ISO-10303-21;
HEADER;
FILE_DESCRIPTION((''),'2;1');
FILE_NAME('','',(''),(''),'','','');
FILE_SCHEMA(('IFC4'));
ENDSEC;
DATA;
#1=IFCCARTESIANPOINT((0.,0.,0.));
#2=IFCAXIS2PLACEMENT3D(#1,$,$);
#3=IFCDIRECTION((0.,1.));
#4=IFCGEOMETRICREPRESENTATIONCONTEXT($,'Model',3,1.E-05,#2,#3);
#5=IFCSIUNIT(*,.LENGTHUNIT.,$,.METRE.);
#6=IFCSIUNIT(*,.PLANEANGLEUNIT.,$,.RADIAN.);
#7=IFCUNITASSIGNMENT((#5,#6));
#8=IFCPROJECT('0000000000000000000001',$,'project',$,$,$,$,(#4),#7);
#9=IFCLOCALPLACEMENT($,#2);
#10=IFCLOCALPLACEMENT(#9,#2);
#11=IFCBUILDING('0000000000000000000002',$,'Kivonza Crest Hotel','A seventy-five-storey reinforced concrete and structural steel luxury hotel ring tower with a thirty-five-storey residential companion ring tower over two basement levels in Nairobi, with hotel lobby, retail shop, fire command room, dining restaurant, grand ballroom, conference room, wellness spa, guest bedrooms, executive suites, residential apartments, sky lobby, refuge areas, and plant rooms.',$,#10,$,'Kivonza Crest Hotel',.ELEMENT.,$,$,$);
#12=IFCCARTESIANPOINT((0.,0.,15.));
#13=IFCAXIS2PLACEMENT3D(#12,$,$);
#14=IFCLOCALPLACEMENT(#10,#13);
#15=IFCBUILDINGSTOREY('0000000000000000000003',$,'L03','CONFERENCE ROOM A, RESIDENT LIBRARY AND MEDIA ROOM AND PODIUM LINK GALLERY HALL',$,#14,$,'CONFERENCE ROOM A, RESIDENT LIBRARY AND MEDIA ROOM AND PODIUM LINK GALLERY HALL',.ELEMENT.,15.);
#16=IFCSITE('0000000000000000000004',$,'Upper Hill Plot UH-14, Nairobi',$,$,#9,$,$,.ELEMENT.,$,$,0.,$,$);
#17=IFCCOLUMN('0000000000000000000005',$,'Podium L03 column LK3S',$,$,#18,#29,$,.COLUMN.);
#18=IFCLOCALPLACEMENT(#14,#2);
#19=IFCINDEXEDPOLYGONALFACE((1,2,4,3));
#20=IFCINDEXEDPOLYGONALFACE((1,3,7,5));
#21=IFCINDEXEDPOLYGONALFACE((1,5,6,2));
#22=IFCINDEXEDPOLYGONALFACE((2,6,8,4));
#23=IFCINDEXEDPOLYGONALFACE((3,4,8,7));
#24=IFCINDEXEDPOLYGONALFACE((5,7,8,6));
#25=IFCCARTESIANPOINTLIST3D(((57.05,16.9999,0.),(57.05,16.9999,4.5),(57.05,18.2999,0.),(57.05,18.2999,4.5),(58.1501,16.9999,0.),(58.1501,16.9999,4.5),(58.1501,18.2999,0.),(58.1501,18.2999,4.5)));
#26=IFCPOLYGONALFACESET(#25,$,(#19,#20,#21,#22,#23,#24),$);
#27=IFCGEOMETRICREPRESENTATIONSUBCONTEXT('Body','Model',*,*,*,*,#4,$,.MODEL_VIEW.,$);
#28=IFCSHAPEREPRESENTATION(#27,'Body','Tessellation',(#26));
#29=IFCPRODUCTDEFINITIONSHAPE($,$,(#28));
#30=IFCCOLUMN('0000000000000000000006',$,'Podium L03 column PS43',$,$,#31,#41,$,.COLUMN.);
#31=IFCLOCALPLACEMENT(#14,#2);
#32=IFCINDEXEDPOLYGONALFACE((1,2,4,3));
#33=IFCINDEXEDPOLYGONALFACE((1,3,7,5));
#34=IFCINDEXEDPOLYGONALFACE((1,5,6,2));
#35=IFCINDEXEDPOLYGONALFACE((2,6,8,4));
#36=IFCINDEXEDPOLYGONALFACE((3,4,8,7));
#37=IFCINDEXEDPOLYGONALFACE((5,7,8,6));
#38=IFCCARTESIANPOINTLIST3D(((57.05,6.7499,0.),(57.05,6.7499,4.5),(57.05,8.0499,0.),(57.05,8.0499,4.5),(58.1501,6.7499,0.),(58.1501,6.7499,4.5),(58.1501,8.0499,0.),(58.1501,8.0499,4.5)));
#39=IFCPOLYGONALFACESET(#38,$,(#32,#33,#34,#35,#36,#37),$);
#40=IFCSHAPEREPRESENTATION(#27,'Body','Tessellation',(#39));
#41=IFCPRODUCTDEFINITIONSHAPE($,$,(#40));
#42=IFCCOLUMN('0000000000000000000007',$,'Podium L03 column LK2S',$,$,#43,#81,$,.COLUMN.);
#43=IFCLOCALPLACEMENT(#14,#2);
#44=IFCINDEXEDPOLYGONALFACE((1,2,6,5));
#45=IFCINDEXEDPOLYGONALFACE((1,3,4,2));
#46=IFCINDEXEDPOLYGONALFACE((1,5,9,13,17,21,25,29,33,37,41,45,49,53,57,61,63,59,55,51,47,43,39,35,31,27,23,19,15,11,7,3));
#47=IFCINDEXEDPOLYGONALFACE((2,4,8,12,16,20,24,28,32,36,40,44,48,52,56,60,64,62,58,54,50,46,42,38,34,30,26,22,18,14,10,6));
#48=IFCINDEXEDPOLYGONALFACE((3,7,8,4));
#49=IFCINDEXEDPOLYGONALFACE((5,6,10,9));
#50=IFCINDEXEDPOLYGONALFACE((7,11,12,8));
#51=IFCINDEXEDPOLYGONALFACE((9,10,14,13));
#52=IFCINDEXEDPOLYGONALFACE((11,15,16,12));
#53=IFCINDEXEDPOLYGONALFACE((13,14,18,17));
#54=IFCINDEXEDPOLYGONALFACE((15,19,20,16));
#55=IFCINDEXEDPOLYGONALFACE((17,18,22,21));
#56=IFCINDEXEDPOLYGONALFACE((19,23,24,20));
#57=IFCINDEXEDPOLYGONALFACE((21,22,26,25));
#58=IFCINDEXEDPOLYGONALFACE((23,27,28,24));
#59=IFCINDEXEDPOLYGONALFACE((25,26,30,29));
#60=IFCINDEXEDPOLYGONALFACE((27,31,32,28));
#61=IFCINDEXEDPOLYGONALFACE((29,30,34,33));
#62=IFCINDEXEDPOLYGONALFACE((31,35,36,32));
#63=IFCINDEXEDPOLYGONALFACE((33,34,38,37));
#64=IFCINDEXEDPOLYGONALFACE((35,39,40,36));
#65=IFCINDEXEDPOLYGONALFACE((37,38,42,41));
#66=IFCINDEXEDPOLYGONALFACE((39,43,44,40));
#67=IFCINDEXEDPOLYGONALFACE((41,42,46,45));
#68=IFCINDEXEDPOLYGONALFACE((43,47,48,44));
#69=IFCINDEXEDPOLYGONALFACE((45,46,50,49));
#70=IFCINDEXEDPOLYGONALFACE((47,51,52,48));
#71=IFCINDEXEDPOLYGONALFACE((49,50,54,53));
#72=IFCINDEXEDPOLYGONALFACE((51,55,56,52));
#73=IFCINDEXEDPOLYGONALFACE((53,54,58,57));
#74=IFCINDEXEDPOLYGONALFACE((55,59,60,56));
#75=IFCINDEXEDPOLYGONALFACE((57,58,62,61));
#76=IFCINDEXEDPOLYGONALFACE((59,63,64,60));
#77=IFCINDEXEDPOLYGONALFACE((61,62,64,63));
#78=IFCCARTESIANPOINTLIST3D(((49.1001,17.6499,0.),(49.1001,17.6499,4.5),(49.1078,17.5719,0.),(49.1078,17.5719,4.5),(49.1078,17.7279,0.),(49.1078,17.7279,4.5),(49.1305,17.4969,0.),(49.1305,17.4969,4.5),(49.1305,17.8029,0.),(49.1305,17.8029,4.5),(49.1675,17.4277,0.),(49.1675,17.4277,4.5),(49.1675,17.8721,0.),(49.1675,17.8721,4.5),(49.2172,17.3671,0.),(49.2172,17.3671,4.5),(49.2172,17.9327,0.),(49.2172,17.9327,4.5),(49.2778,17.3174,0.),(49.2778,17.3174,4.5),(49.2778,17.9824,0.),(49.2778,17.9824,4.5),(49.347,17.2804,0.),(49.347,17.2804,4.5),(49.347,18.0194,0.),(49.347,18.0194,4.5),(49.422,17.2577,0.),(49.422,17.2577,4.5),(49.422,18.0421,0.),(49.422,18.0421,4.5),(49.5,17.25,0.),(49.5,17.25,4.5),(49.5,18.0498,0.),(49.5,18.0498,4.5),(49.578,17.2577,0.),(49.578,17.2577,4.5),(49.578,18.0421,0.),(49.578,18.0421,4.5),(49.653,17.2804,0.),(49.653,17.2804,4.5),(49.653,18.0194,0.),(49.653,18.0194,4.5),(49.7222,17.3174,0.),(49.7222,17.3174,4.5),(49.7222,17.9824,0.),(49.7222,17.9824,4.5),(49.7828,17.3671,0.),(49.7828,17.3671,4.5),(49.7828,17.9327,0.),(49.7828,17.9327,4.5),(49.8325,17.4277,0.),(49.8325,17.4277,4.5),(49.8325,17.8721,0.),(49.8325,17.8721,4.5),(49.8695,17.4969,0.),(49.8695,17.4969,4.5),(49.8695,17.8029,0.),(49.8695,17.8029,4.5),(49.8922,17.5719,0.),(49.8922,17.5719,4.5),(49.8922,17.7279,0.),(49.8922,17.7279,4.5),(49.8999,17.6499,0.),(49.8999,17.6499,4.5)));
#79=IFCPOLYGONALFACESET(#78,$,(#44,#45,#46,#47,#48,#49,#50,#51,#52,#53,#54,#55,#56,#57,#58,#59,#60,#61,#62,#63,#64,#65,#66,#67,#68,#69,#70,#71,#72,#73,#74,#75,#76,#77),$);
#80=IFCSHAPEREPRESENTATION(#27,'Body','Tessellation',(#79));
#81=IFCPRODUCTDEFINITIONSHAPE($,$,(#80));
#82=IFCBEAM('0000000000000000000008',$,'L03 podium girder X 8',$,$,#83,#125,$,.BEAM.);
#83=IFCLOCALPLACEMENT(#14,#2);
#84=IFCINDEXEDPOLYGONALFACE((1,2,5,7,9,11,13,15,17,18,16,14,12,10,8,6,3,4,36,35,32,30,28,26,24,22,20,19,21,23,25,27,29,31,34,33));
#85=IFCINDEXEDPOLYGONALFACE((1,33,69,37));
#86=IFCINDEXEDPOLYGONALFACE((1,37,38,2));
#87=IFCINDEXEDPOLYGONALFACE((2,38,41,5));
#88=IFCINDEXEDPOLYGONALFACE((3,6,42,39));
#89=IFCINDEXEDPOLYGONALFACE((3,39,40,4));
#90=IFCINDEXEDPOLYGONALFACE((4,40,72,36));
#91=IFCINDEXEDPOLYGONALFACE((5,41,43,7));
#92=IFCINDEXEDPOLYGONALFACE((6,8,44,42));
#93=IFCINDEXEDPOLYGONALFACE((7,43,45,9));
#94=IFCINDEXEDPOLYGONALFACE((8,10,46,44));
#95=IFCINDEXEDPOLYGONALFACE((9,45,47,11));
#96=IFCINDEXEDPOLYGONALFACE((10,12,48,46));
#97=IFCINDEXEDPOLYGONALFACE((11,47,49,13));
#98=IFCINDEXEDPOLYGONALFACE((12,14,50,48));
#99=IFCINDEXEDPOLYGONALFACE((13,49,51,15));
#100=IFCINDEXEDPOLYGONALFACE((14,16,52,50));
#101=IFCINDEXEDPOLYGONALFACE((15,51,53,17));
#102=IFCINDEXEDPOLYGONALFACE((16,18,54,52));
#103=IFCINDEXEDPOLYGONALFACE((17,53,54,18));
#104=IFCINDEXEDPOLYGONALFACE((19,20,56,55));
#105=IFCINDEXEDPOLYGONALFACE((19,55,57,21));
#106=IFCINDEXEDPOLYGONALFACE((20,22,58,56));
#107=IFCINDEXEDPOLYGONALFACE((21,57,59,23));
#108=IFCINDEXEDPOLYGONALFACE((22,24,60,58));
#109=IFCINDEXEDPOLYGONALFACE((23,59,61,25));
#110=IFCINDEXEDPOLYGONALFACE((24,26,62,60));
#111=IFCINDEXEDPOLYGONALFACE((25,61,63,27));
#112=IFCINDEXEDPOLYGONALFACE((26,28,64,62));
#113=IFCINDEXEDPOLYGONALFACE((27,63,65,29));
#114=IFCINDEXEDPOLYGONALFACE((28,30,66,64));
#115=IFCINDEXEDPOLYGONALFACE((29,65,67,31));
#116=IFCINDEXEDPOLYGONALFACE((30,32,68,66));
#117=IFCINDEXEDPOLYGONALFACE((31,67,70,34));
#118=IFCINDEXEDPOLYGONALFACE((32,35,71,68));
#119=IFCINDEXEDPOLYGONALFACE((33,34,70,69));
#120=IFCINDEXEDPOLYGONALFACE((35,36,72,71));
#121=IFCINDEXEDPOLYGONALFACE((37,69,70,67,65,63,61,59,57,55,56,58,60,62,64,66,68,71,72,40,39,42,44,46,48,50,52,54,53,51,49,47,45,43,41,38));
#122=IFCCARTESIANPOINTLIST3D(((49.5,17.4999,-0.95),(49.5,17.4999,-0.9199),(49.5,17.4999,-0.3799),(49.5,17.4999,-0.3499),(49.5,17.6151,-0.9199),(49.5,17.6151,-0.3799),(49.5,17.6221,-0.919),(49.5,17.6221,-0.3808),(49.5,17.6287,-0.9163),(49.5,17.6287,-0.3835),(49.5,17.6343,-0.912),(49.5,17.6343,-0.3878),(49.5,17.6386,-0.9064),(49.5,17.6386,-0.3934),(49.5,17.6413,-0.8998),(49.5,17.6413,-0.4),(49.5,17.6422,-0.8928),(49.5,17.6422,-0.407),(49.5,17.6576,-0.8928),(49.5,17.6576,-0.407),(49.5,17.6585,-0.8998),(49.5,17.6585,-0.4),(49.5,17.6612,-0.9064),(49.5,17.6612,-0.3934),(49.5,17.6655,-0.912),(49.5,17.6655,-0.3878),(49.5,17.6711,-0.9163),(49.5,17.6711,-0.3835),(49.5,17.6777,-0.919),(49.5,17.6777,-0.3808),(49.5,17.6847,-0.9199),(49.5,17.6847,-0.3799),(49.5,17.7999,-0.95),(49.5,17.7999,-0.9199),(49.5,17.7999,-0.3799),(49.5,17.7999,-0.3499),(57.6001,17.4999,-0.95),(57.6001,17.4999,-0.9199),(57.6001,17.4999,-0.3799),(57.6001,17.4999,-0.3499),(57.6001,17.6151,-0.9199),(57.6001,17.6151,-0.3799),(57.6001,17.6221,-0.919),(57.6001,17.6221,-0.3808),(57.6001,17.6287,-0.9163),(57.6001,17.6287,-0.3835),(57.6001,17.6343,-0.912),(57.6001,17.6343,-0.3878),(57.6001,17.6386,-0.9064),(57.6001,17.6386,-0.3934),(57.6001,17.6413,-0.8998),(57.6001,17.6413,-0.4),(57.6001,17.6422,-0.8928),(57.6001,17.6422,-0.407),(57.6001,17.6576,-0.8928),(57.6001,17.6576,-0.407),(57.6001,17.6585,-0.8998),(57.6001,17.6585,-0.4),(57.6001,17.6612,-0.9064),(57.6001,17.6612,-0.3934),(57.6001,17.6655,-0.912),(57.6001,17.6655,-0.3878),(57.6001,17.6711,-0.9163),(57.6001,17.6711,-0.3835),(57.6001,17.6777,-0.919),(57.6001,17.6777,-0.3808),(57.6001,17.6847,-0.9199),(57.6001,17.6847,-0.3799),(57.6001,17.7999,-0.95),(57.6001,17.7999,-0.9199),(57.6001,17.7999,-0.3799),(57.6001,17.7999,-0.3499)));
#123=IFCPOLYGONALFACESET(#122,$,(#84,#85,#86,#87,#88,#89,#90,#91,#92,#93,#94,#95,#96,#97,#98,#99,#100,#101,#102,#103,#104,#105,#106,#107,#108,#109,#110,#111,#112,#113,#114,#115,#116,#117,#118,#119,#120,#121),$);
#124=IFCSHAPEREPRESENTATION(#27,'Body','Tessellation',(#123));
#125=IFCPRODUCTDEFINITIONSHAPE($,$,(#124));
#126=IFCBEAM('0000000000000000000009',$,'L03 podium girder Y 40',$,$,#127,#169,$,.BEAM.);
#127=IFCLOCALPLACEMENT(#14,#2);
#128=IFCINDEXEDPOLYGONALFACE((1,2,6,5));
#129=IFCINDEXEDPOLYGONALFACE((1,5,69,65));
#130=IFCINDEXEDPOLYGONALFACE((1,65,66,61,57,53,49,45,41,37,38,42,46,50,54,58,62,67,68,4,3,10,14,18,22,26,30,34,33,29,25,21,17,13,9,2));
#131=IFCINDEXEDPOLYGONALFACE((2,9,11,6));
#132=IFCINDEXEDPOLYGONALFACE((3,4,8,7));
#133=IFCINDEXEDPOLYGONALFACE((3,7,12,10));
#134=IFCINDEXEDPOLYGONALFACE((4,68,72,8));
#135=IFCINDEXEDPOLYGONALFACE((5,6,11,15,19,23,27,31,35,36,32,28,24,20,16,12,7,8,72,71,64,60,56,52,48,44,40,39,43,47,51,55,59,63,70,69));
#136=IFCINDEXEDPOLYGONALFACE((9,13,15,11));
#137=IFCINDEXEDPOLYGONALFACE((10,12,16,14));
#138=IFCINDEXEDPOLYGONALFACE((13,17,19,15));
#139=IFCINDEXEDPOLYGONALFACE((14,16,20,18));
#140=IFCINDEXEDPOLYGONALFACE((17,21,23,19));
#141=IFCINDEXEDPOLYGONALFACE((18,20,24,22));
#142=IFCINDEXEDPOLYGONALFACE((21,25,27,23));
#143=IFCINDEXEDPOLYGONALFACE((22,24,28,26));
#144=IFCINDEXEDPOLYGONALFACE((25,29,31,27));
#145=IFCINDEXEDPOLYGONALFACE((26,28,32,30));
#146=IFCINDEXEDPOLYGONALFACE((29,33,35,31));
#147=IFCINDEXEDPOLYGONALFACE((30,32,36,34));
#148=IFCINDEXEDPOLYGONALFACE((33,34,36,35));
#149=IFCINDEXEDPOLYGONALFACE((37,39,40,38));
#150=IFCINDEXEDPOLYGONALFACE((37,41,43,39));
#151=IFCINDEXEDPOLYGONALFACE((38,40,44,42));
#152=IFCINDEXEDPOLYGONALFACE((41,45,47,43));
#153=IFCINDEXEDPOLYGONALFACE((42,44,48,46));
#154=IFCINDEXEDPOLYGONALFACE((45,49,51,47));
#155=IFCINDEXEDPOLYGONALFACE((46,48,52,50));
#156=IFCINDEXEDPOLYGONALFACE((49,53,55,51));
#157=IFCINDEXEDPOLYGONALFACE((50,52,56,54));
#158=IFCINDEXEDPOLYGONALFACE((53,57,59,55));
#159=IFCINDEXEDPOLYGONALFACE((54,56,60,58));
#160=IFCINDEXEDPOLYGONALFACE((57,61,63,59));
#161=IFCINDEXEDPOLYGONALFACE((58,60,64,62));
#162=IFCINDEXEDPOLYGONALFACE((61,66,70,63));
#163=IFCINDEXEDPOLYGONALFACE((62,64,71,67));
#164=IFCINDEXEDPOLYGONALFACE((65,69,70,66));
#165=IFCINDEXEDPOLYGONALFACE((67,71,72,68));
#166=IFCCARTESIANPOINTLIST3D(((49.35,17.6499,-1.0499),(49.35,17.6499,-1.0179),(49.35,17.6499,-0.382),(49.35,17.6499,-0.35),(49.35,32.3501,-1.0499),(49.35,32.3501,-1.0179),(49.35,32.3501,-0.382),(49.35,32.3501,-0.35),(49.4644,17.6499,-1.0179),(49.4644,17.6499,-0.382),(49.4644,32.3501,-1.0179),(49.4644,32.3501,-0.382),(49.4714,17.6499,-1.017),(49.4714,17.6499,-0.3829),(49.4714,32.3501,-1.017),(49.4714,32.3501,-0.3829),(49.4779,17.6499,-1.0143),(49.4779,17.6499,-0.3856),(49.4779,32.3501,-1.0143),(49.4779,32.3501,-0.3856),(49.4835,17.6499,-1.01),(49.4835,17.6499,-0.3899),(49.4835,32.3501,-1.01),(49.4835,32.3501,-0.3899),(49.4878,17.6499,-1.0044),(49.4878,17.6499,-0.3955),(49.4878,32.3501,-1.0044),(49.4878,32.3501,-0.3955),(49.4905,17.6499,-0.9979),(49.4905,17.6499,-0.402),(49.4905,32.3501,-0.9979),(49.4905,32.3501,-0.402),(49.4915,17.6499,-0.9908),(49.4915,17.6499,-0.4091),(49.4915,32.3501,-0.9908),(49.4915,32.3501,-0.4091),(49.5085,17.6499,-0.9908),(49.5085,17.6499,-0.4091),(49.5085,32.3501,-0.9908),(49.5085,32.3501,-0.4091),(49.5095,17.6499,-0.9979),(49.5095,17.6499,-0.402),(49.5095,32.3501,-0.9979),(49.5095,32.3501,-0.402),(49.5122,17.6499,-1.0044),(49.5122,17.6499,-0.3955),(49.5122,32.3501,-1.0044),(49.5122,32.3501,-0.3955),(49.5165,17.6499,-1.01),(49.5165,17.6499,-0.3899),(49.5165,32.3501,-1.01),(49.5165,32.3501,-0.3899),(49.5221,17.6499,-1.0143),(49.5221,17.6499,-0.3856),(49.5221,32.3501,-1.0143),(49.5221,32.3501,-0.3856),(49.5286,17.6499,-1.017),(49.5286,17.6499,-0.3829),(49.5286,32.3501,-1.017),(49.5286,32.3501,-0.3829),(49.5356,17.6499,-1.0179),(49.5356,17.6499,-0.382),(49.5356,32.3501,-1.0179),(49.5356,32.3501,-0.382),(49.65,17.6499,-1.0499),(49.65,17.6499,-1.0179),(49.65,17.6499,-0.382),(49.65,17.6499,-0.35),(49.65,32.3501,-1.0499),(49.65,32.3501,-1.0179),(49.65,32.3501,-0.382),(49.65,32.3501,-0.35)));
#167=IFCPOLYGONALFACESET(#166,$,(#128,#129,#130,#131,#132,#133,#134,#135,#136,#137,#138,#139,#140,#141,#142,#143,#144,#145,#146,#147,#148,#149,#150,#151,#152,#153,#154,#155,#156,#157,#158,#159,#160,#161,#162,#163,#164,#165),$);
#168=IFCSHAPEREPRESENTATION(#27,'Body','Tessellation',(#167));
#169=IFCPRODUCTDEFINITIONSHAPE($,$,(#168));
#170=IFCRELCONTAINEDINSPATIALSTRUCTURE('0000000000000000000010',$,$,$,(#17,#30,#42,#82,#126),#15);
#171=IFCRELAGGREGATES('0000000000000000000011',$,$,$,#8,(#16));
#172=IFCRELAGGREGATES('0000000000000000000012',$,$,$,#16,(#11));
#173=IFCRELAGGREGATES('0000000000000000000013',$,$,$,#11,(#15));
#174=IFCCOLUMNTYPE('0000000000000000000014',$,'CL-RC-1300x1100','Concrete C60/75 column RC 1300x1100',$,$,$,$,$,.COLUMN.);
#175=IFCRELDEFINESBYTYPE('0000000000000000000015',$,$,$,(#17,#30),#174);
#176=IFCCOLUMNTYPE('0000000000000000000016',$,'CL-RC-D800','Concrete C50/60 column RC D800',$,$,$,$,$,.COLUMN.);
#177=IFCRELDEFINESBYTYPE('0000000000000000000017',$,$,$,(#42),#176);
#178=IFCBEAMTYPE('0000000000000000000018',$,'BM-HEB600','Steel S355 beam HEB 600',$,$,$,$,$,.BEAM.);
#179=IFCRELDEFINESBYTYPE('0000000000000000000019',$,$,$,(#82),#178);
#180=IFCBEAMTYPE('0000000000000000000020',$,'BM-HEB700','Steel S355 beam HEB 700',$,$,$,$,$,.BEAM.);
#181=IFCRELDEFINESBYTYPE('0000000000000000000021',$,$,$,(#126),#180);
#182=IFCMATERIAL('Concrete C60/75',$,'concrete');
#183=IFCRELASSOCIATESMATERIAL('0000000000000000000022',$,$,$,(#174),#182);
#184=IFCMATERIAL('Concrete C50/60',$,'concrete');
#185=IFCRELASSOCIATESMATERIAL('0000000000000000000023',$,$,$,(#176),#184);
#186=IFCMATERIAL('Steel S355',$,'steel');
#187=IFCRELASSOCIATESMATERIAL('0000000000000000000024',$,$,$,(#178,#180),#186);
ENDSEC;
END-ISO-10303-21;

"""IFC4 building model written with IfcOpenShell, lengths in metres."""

from ifc_helpers import new_model, si_unit, direction, frame, origin, origin_2d, place, context, subcontext, project, spatial, rectangle, circle, i_section, extrude, material, material_profile, profile_set, type_object, element, save


model = new_model("IFC4")

# Units and contexts
model_context = context("Model", 3, precision=1e-05, world=origin(), true_north=direction((0.0, 1.0)))
body_context = subcontext(model_context, "Body", "Model", "MODEL_VIEW")
ifc_project = project(units=[si_unit("LENGTHUNIT", "METRE"), si_unit("PLANEANGLEUNIT", "RADIAN")], contexts=[model_context])

# Site, building, storey
site_placement = place(None, origin())
site = spatial("IfcSite", under=ifc_project, at=site_placement, Name="Upper Hill Plot UH-14, Nairobi", CompositionType="ELEMENT", RefElevation=0.0)
building_placement = place(site_placement, origin())
building = spatial("IfcBuilding", under=site, at=building_placement, Name="Kivonza Crest Hotel", Description="A seventy-five-storey reinforced concrete and structural steel luxury hotel ring tower with a thirty-five-storey residential companion ring tower over two basement levels in Nairobi, with hotel lobby, retail shop, fire command room, dining restaurant, grand ballroom, conference room, wellness spa, guest bedrooms, executive suites, residential apartments, sky lobby, refuge areas, and plant rooms.", LongName="Kivonza Crest Hotel", CompositionType="ELEMENT")
storey_placement = place(building_placement, frame((0.0, 0.0, 15.0)))
storey = spatial("IfcBuildingStorey", under=building, at=storey_placement, Name="L03", Description="CONFERENCE ROOM A, RESIDENT LIBRARY AND MEDIA ROOM AND PODIUM LINK GALLERY HALL", LongName="CONFERENCE ROOM A, RESIDENT LIBRARY AND MEDIA ROOM AND PODIUM LINK GALLERY HALL", CompositionType="ELEMENT", Elevation=15.0)

# Columns
ifc_material_1 = material(Name="Concrete C60/75", Category="concrete")
ifc_material_profile_1 = material_profile(ifc_material_1, rectangle(XDim=1.1001, YDim=1.3, at=origin_2d()), Name="RC 1300x1100")
ifc_profile_set_1 = profile_set([ifc_material_profile_1], Name="Concrete C60/75")
column_type_1 = type_object("IfcColumnType", Name="CL-RC-1300x1100", Description="Concrete C60/75 column RC 1300x1100", PredefinedType="COLUMN", material=ifc_profile_set_1)
for number, where, z_axis, x_axis, name in (
    (1, (57.6001, 17.6499, 0.0), (0.0, 0.0, 1.0), (1.0, 0.0, 0.0), "Podium L03 column LK3S"),
    (2, (57.6001, 7.3999, 0.0), (0.0, 0.0, 1.0), (1.0, 0.0, 0.0), "Podium L03 column PS43"),
):
    element("IfcColumn", number, at=place(storey_placement, frame(where, z_axis=z_axis, x_axis=x_axis)), inside=storey, type_object=column_type_1, Name=name, PredefinedType="COLUMN", context=body_context, shape_type="SweptSolid", body=[
        extrude(rectangle(XDim=1.1001, YDim=1.3, at=origin_2d()), origin(), (0.0, 0.0, 1.0), 4.5),
    ])
ifc_material_2 = material(Name="Concrete C50/60", Category="concrete")
ifc_material_profile_2 = material_profile(ifc_material_2, circle(Radius=0.3999, at=origin_2d()), Name="RC D800")
ifc_profile_set_2 = profile_set([ifc_material_profile_2], Name="Concrete C50/60")
column_type_2 = type_object("IfcColumnType", Name="CL-RC-D800", Description="Concrete C50/60 column RC D800", PredefinedType="COLUMN", material=ifc_profile_set_2)
column_placement = place(storey_placement, frame((49.5, 17.6499, 0.0), z_axis=(0.0, 0.0, 1.0), x_axis=(1.0, 0.0, 0.0)))
element("IfcColumn", 3, at=column_placement, inside=storey, type_object=column_type_2, Name="Podium L03 column LK2S", PredefinedType="COLUMN", context=body_context, shape_type="SweptSolid", body=[
    extrude(circle(Radius=0.3999, at=origin_2d()), origin(), (0.0, 0.0, 1.0), 4.5),
])

# Beams
ifc_material_3 = material(Name="Steel S355", Category="steel")
ifc_material_profile_3 = material_profile(ifc_material_3, i_section(OverallWidth=0.3, OverallDepth=0.6001, WebThickness=0.0154, FlangeThickness=0.03, FilletRadius=0.0271, at=origin_2d()), Name="HEB 600")
ifc_profile_set_3 = profile_set([ifc_material_profile_3], Name="Steel S355")
beam_type_1 = type_object("IfcBeamType", Name="BM-HEB600", Description="Steel S355 beam HEB 600", PredefinedType="BEAM", material=ifc_profile_set_3)
beam_1_placement = place(storey_placement, frame((49.5, 17.6499, -0.6499), z_axis=(1.0, 0.0, 0.0), x_axis=(0.0, 1.0, 0.0)))
element("IfcBeam", 4, at=beam_1_placement, inside=storey, type_object=beam_type_1, Name="L03 podium girder X 8", PredefinedType="BEAM", context=body_context, shape_type="SweptSolid", body=[
    extrude(i_section(OverallWidth=0.3, OverallDepth=0.6001, WebThickness=0.0154, FlangeThickness=0.03, FilletRadius=0.0271, at=origin_2d()), origin(), (0.0, 0.0, 1.0), 8.1001),
])
ifc_material_profile_4 = material_profile(ifc_material_3, i_section(OverallWidth=0.3, OverallDepth=0.7, WebThickness=0.0171, FlangeThickness=0.032, FilletRadius=0.0271, at=origin_2d()), Name="HEB 700")
ifc_profile_set_4 = profile_set([ifc_material_profile_4], Name="Steel S355")
beam_type_2 = type_object("IfcBeamType", Name="BM-HEB700", Description="Steel S355 beam HEB 700", PredefinedType="BEAM", material=ifc_profile_set_4)
beam_2_placement = place(storey_placement, frame((49.5, 17.6499, -0.7), z_axis=(0.0, 1.0, 0.0), x_axis=(-1.0, 0.0, 0.0)))
element("IfcBeam", 5, at=beam_2_placement, inside=storey, type_object=beam_type_2, Name="L03 podium girder Y 40", PredefinedType="BEAM", context=body_context, shape_type="SweptSolid", body=[
    extrude(i_section(OverallWidth=0.3, OverallDepth=0.7, WebThickness=0.0171, FlangeThickness=0.032, FilletRadius=0.0271, at=origin_2d()), origin(), (0.0, 0.0, 1.0), 14.7002),
])

save(model, "model.ifc")
